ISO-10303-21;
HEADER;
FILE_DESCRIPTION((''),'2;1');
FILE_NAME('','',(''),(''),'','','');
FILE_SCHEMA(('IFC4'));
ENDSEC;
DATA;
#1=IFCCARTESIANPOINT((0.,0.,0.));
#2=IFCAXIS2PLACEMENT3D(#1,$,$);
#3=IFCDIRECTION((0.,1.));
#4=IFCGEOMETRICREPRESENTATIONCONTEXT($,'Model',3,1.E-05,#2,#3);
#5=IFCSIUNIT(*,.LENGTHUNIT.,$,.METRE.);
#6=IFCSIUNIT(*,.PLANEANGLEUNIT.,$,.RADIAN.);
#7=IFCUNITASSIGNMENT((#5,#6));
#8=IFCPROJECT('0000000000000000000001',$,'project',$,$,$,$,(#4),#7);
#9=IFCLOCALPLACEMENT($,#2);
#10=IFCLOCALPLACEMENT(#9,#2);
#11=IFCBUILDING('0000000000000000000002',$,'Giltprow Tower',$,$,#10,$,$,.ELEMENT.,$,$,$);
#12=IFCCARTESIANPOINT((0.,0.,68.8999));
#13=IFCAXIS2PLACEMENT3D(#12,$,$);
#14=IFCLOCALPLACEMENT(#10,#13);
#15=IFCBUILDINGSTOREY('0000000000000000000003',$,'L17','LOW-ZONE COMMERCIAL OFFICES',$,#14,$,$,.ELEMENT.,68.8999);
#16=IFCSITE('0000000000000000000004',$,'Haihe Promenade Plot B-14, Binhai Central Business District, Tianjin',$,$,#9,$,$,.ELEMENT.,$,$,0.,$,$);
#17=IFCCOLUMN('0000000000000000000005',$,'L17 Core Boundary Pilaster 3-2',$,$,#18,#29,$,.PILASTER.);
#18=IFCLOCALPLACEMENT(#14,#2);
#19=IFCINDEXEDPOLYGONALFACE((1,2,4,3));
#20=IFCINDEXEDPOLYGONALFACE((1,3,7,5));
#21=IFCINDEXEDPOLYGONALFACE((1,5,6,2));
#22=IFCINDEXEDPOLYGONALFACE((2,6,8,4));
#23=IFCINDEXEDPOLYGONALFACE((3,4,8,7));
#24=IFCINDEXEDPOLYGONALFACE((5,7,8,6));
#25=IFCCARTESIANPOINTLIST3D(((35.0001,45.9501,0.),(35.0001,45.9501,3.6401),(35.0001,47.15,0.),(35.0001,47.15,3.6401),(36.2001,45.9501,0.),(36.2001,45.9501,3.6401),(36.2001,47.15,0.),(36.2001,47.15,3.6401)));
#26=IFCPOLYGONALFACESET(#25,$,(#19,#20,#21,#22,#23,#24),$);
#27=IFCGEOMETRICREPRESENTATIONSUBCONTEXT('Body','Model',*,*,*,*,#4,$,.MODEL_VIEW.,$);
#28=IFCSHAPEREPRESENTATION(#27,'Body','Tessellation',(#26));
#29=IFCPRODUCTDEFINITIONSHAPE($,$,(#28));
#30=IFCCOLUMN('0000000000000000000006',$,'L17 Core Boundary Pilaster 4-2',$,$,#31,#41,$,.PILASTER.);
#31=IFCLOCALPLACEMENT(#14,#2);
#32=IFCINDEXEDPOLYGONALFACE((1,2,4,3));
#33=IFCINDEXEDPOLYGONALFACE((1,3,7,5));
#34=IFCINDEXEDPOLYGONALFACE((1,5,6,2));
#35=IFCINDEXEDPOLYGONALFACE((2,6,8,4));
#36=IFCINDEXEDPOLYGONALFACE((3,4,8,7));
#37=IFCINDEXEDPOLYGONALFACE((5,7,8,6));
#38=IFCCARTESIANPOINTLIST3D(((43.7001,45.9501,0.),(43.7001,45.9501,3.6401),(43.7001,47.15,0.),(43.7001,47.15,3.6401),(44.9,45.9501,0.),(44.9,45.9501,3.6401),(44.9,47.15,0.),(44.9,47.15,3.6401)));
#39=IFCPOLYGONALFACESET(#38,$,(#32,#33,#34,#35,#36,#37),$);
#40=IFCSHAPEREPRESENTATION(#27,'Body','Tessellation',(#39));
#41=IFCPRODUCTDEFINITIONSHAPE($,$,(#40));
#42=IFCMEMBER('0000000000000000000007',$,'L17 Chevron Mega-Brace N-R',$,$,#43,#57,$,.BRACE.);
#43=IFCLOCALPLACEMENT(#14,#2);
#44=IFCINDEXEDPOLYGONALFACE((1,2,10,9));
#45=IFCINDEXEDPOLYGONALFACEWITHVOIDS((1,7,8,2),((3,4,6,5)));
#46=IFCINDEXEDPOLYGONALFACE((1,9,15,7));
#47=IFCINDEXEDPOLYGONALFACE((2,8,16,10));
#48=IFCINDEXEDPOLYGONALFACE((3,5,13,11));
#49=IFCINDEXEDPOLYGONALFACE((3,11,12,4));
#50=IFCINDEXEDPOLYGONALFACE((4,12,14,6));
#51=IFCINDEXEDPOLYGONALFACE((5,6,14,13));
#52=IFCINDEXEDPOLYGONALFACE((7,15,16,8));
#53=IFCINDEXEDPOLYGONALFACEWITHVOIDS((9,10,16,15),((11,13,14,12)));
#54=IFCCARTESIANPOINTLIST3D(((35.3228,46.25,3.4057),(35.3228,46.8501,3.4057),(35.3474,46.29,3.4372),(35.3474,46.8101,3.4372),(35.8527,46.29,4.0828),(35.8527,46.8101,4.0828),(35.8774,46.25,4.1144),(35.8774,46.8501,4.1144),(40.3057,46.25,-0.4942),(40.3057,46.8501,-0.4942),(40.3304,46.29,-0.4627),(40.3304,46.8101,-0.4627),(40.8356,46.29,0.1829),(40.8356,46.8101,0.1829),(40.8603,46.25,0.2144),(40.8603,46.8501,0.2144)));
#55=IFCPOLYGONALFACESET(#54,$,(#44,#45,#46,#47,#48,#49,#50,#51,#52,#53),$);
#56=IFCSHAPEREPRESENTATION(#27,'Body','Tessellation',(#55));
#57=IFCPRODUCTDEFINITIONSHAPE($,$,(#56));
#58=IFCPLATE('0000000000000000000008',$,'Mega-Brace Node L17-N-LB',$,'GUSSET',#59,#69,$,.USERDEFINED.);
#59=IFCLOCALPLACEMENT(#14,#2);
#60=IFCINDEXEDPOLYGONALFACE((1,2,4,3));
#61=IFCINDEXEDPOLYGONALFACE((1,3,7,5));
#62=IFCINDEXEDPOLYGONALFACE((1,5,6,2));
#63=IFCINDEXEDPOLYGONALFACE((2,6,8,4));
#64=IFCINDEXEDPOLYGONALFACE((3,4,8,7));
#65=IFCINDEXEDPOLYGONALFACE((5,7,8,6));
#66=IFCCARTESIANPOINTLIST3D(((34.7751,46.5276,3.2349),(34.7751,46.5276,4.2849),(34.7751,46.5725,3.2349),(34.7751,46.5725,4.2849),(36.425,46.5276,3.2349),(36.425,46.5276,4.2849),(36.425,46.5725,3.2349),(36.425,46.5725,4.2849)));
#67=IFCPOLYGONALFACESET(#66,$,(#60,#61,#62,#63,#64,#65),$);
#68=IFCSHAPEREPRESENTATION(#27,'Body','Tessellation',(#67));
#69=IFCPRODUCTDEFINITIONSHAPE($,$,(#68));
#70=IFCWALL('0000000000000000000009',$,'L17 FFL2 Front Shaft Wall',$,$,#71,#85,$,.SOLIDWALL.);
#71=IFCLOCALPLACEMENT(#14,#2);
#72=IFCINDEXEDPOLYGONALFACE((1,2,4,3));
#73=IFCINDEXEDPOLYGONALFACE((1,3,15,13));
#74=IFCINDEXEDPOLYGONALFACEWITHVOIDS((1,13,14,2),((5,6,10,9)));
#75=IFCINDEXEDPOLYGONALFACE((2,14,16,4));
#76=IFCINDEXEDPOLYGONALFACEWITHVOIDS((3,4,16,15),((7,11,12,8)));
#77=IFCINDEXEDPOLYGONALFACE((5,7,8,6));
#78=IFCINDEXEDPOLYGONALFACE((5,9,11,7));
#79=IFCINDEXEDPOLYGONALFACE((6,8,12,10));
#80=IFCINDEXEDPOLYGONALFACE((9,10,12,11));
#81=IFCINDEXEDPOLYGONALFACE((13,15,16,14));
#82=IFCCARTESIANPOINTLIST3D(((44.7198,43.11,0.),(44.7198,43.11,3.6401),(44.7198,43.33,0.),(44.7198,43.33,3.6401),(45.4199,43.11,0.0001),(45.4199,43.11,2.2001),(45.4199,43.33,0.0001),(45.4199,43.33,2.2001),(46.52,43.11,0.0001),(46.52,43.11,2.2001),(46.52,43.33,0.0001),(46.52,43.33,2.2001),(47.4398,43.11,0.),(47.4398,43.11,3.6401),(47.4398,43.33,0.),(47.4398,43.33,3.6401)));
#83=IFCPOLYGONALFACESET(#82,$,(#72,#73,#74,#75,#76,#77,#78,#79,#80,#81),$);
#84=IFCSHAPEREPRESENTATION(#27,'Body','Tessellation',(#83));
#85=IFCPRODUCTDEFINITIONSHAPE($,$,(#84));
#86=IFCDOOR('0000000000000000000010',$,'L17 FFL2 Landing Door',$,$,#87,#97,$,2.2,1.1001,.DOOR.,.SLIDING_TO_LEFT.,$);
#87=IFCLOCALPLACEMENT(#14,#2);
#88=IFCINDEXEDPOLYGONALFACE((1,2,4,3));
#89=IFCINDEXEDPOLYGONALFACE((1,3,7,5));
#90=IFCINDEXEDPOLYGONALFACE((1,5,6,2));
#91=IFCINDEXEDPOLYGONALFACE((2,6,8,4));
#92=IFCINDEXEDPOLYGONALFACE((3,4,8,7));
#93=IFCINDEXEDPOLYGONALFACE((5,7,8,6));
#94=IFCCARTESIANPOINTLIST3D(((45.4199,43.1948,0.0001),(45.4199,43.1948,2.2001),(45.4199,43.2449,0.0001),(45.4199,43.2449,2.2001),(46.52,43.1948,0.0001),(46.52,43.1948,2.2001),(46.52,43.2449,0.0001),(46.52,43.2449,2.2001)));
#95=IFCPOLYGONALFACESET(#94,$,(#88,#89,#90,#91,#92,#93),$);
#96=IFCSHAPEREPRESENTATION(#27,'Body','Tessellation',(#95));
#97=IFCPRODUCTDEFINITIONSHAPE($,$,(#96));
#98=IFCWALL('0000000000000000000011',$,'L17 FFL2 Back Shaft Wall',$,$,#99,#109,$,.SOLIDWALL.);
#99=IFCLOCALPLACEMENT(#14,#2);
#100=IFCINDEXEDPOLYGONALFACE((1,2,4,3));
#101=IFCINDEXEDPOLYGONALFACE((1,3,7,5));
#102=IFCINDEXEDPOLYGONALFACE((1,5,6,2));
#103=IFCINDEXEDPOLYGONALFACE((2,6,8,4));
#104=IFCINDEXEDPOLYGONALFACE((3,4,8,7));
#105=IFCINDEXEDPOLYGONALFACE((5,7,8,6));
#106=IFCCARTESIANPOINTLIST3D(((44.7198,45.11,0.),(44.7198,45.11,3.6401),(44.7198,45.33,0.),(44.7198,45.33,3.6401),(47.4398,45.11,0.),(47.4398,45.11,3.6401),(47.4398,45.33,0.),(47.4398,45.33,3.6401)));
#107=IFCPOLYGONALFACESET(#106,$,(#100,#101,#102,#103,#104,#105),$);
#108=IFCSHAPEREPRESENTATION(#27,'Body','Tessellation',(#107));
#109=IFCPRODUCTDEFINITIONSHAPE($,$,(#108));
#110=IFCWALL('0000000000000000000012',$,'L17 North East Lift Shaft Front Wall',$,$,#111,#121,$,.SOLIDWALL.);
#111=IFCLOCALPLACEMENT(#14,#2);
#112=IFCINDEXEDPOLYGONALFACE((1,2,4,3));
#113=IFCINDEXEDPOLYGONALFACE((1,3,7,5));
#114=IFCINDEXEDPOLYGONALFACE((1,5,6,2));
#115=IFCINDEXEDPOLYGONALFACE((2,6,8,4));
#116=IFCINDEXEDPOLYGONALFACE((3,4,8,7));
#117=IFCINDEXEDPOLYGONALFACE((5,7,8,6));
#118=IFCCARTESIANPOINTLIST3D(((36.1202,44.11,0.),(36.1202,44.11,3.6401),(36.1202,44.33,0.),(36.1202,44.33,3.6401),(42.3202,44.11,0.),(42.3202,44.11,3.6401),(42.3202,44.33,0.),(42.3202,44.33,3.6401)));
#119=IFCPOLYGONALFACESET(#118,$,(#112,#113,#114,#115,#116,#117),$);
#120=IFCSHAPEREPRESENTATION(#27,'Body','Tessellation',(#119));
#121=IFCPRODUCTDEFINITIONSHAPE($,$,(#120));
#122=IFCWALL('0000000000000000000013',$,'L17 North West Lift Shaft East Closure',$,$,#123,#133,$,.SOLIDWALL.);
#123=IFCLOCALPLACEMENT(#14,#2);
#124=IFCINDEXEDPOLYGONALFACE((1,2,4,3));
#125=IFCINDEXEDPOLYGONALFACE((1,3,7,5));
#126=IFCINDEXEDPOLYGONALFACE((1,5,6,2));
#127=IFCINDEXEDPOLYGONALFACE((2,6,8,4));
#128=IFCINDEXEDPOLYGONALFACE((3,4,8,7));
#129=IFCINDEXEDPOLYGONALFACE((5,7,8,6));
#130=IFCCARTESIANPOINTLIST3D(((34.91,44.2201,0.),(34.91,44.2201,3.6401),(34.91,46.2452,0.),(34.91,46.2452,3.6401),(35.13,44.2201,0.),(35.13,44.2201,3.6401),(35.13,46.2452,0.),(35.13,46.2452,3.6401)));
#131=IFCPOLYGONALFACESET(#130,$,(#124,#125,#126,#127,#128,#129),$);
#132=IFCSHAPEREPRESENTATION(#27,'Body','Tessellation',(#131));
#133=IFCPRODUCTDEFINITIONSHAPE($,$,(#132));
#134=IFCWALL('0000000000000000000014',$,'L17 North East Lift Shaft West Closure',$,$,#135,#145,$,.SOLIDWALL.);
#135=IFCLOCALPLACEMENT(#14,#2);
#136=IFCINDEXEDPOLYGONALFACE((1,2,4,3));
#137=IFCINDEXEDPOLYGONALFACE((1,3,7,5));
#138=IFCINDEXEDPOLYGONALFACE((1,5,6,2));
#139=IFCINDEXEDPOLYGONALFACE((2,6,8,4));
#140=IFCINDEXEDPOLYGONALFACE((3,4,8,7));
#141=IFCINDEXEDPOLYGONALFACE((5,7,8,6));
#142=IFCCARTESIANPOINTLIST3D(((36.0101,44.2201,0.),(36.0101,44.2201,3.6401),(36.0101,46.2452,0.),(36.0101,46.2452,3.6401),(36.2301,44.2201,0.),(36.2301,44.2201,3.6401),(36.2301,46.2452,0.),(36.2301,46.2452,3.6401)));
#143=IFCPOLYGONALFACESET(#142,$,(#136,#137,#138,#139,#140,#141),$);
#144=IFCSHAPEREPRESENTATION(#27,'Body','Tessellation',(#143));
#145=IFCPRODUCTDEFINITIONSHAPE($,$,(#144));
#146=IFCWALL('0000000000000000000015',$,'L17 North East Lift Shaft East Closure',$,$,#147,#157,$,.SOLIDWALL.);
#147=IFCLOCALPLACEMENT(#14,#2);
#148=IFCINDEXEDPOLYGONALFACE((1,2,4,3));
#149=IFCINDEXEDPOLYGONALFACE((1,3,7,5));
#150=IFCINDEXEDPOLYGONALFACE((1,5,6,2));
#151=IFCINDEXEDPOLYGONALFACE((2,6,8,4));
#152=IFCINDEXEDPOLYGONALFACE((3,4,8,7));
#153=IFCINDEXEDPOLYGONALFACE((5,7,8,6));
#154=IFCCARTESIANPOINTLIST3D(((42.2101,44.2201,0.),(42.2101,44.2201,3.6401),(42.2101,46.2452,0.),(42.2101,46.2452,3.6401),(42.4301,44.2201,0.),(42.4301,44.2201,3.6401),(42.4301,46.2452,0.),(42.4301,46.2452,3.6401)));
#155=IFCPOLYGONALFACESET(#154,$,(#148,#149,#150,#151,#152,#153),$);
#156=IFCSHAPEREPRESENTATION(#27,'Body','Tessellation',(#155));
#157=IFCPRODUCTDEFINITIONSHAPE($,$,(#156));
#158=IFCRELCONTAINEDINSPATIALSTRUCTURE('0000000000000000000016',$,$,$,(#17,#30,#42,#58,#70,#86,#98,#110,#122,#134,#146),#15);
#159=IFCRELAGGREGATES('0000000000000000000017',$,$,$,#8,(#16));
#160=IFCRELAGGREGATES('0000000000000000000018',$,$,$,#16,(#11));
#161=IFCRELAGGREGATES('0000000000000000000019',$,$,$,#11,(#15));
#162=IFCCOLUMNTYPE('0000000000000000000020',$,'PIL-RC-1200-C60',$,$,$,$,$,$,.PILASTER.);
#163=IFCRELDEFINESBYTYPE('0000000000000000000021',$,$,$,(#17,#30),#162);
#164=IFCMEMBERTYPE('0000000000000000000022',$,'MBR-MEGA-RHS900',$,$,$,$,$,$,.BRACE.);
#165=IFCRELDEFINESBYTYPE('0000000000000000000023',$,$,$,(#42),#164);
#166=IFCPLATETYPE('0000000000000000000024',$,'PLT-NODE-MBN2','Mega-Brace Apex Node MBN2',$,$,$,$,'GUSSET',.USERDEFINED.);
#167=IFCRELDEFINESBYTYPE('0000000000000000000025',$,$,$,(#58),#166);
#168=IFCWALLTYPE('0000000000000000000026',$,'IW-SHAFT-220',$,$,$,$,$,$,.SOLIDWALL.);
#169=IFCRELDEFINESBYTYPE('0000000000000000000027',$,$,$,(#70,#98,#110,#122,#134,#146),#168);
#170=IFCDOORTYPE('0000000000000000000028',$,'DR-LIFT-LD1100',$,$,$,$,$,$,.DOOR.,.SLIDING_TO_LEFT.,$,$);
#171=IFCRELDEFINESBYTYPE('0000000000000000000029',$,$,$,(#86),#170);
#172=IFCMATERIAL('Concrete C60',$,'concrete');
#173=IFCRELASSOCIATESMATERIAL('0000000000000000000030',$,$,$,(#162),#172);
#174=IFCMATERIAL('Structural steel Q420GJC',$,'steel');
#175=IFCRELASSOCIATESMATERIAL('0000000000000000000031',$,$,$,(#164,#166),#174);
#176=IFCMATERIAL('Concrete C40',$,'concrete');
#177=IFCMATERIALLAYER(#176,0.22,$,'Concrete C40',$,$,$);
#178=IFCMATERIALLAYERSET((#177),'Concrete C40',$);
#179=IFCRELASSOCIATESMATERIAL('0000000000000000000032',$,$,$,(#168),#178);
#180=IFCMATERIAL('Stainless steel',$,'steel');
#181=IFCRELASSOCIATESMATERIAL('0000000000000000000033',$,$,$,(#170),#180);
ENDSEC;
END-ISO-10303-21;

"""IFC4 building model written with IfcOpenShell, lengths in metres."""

from ifc_helpers import new_model, si_unit, direction, frame, frame_2d, origin, origin_2d, place, context, subcontext, project, spatial, rectangle, hollow_rectangle, extrude, source, transform, mapped, material, layer, layer_set, material_profile, profile_set, type_object, element, fill, save


model = new_model("IFC4")

# Units and contexts
model_context = context("Model", 3, precision=1e-05, world=origin(), true_north=direction((0.0, 1.0)))
body_context = subcontext(model_context, "Body", "Model", "MODEL_VIEW")
ifc_project = project(units=[si_unit("LENGTHUNIT", "METRE"), si_unit("PLANEANGLEUNIT", "RADIAN")], contexts=[model_context])

# Site, building, storey
site_placement = place(None, origin())
site = spatial("IfcSite", under=ifc_project, at=site_placement, Name="Haihe Promenade Plot B-14, Binhai Central Business District, Tianjin", CompositionType="ELEMENT", RefElevation=0.0)
building_placement = place(site_placement, origin())
building = spatial("IfcBuilding", under=site, at=building_placement, Name="Giltprow Tower", CompositionType="ELEMENT")
storey_placement = place(building_placement, frame((0.0, 0.0, 68.8999)))
storey = spatial("IfcBuildingStorey", under=building, at=storey_placement, Name="L17", Description="LOW-ZONE COMMERCIAL OFFICES", CompositionType="ELEMENT", Elevation=68.8999)

# Columns
ifc_material_1 = material(Name="Concrete C60", Category="concrete")
ifc_material_profile_1 = material_profile(ifc_material_1, rectangle(XDim=1.2, YDim=1.2, at=origin_2d()), Name="RC 1200x1200")
ifc_profile_set_1 = profile_set([ifc_material_profile_1], Name="Concrete C60")
column_type = type_object("IfcColumnType", Name="PIL-RC-1200-C60", PredefinedType="PILASTER", material=ifc_profile_set_1)
shared_shape_1 = source(origin(), body_context, "Body", "SweptSolid", [
    extrude(rectangle(XDim=1.2, YDim=1.2, at=origin_2d()), origin(), (0.0, 0.0, 1.0), 3.6401),
])
for number, where, z_axis, x_axis, name in (
    (1, (35.6001, 46.55, 0.0), (0.0, 0.0, 1.0), (1.0, 0.0, 0.0), "L17 Core Boundary Pilaster 3-2"),
    (2, (44.3, 46.55, 0.0), (0.0, 0.0, 1.0), (1.0, 0.0, 0.0), "L17 Core Boundary Pilaster 4-2"),
):
    element("IfcColumn", number, at=place(storey_placement, frame(where, z_axis=z_axis, x_axis=x_axis)), inside=storey, type_object=column_type, Name=name, PredefinedType="PILASTER", context=body_context, shape_type="MappedRepresentation", body=[
        mapped(shared_shape_1, transform((0.0, 0.0, 0.0), x_axis=(1.0, 0.0, 0.0), y_axis=(0.0, 1.0, 0.0), z_axis=(0.0, 0.0, 1.0), scale=1.0)),
    ])

# Member
ifc_material_2 = material(Name="Structural steel Q420GJC", Category="steel")
ifc_material_profile_2 = material_profile(ifc_material_2, hollow_rectangle(XDim=0.6001, YDim=0.8999, WallThickness=0.04, at=origin_2d()), Name="RHS 900x600x40")
ifc_profile_set_2 = profile_set([ifc_material_profile_2], Name="Structural steel Q420GJC")
member_type = type_object("IfcMemberType", Name="MBR-MEGA-RHS900", PredefinedType="BRACE", material=ifc_profile_set_2)
shared_shape_2 = source(origin(), body_context, "Body", "SweptSolid", [
    extrude(hollow_rectangle(XDim=0.6001, YDim=0.8999, WallThickness=0.04, at=origin_2d()), origin(), (0.0, 0.0, 1.0), 6.3276),
])
member_placement = place(storey_placement, frame((40.583, 46.55, -0.1399), z_axis=(-0.787487, 0.0, 0.616331), x_axis=(0.0, -1.0, 0.0)))
element("IfcMember", 3, at=member_placement, inside=storey, type_object=member_type, Name="L17 Chevron Mega-Brace N-R", PredefinedType="BRACE", context=body_context, shape_type="MappedRepresentation", body=[
    mapped(shared_shape_2, transform((0.0, 0.0, 0.0), x_axis=(1.0, 0.0, 0.0), y_axis=(0.0, 1.0, 0.0), z_axis=(0.0, 0.0, 1.0), scale=1.0)),
])

# Plate
plate_type = type_object("IfcPlateType", Name="PLT-NODE-MBN2", Description="Mega-Brace Apex Node MBN2", ElementType="GUSSET", PredefinedType="USERDEFINED", material=ifc_material_2)
shared_shape_3 = source(origin(), body_context, "Body", "SweptSolid", [
    extrude(rectangle(XDim=1.6499, YDim=0.0449, at=origin_2d()), origin(), (0.0, 0.0, 1.0), 1.05),
])
plate_placement = place(storey_placement, frame((35.6001, 46.55, 3.2349), z_axis=(0.0, 0.0, 1.0), x_axis=(1.0, 0.0, 0.0)))
element("IfcPlate", 4, at=plate_placement, inside=storey, type_object=plate_type, Name="Mega-Brace Node L17-N-LB", ObjectType="GUSSET", PredefinedType="USERDEFINED", context=body_context, shape_type="MappedRepresentation", body=[
    mapped(shared_shape_3, transform((0.0, 0.0, 0.0), x_axis=(1.0, 0.0, 0.0), y_axis=(0.0, 1.0, 0.0), z_axis=(0.0, 0.0, 1.0), scale=1.0)),
])

# Wall, opening, door
ifc_material_3 = material(Name="Concrete C40", Category="concrete")
ifc_layer_1 = layer(ifc_material_3, 0.22, Name="Concrete C40")
ifc_layer_set_1 = layer_set([ifc_layer_1], Name="Concrete C40")
wall_type_1 = type_object("IfcWallType", Name="IW-SHAFT-220", PredefinedType="SOLIDWALL", material=ifc_layer_set_1)
wall_1_placement = place(storey_placement, frame((44.72, 43.22, 0.0), z_axis=(0.0, 0.0, 1.0), x_axis=(1.0, 0.0, 0.0)))
wall_1 = element("IfcWall", 5, at=wall_1_placement, inside=storey, type_object=wall_type_1, Name="L17 FFL2 Front Shaft Wall", PredefinedType="SOLIDWALL", context=body_context, shape_type="SweptSolid", body=[
    extrude(rectangle(XDim=2.72, YDim=0.22, at=frame_2d((1.3599, 0.0))), origin(), (0.0, 0.0, 1.0), 3.6401),
])
opening_1_placement = place(wall_1_placement, frame((0.7, 0.0, 0.0)))
opening_1 = element("IfcOpeningElement", 6, at=opening_1_placement, cuts=wall_1, PredefinedType="OPENING", context=body_context, shape_type="SweptSolid", body=[
    extrude(rectangle(XDim=1.1001, YDim=2.2, at=frame_2d((0.55, 1.1001))), frame((0.0, 0.1199, 0.0), z_axis=(0.0, -1.0, 0.0), x_axis=(1.0, 0.0, 0.0)), (0.0, 0.0, 1.0), 0.24),
])
ifc_material_4 = material(Name="Stainless steel", Category="steel")
door_type = type_object("IfcDoorType", Name="DR-LIFT-LD1100", OperationType="SLIDING_TO_LEFT", PredefinedType="DOOR", material=ifc_material_4)
shared_shape_4 = source(origin(), body_context, "Body", "SweptSolid", [
    extrude(rectangle(XDim=1.1001, YDim=2.2, at=frame_2d((0.55, 1.1001))), frame((0.0, 0.0249, 0.0), z_axis=(0.0, -1.0, 0.0), x_axis=(1.0, 0.0, 0.0)), (0.0, 0.0, 1.0), 0.05),
])
door_1_placement = place(opening_1_placement, origin())
door_1 = element("IfcDoor", 7, at=door_1_placement, inside=storey, type_object=door_type, Name="L17 FFL2 Landing Door", OperationType="SLIDING_TO_LEFT", OverallHeight=2.2, OverallWidth=1.1001, PredefinedType="DOOR", context=body_context, shape_type="MappedRepresentation", body=[
    mapped(shared_shape_4, transform((0.0, 0.0, 0.0), x_axis=(1.0, 0.0, 0.0), y_axis=(0.0, 1.0, 0.0), z_axis=(0.0, 0.0, 1.0), scale=1.0)),
])
fill(opening_1, door_1)

# Walls
wall_2_placement = place(storey_placement, frame((44.72, 45.22, 0.0), z_axis=(0.0, 0.0, 1.0), x_axis=(1.0, 0.0, 0.0)))
element("IfcWall", 8, at=wall_2_placement, inside=storey, type_object=wall_type_1, Name="L17 FFL2 Back Shaft Wall", PredefinedType="SOLIDWALL", context=body_context, shape_type="SweptSolid", body=[
    extrude(rectangle(XDim=2.72, YDim=0.22, at=frame_2d((1.3599, 0.0))), origin(), (0.0, 0.0, 1.0), 3.6401),
])
wall_3_placement = place(storey_placement, frame((36.1201, 44.22, 0.0), z_axis=(0.0, 0.0, 1.0), x_axis=(1.0, 0.0, 0.0)))
element("IfcWall", 9, at=wall_3_placement, inside=storey, type_object=wall_type_1, Name="L17 North East Lift Shaft Front Wall", PredefinedType="SOLIDWALL", context=body_context, shape_type="SweptSolid", body=[
    extrude(rectangle(XDim=6.2, YDim=0.22, at=frame_2d((3.1001, 0.0))), origin(), (0.0, 0.0, 1.0), 3.6401),
])
for number, where, z_axis, x_axis, name in (
    (10, (35.02, 44.22, 0.0), (0.0, 0.0, 1.0), (0.0, 1.0, 0.0), "L17 North West Lift Shaft East Closure"),
    (11, (36.1201, 44.22, 0.0), (0.0, 0.0, 1.0), (0.0, 1.0, 0.0), "L17 North East Lift Shaft West Closure"),
    (12, (42.3201, 44.22, 0.0), (0.0, 0.0, 1.0), (0.0, 1.0, 0.0), "L17 North East Lift Shaft East Closure"),
):
    element("IfcWall", number, at=place(storey_placement, frame(where, z_axis=z_axis, x_axis=x_axis)), inside=storey, type_object=wall_type_1, Name=name, PredefinedType="SOLIDWALL", context=body_context, shape_type="SweptSolid", body=[
        extrude(rectangle(XDim=2.0251, YDim=0.22, at=frame_2d((1.0127, 0.0))), origin(), (0.0, 0.0, 1.0), 3.6401),
    ])

save(model, "model.ifc")
